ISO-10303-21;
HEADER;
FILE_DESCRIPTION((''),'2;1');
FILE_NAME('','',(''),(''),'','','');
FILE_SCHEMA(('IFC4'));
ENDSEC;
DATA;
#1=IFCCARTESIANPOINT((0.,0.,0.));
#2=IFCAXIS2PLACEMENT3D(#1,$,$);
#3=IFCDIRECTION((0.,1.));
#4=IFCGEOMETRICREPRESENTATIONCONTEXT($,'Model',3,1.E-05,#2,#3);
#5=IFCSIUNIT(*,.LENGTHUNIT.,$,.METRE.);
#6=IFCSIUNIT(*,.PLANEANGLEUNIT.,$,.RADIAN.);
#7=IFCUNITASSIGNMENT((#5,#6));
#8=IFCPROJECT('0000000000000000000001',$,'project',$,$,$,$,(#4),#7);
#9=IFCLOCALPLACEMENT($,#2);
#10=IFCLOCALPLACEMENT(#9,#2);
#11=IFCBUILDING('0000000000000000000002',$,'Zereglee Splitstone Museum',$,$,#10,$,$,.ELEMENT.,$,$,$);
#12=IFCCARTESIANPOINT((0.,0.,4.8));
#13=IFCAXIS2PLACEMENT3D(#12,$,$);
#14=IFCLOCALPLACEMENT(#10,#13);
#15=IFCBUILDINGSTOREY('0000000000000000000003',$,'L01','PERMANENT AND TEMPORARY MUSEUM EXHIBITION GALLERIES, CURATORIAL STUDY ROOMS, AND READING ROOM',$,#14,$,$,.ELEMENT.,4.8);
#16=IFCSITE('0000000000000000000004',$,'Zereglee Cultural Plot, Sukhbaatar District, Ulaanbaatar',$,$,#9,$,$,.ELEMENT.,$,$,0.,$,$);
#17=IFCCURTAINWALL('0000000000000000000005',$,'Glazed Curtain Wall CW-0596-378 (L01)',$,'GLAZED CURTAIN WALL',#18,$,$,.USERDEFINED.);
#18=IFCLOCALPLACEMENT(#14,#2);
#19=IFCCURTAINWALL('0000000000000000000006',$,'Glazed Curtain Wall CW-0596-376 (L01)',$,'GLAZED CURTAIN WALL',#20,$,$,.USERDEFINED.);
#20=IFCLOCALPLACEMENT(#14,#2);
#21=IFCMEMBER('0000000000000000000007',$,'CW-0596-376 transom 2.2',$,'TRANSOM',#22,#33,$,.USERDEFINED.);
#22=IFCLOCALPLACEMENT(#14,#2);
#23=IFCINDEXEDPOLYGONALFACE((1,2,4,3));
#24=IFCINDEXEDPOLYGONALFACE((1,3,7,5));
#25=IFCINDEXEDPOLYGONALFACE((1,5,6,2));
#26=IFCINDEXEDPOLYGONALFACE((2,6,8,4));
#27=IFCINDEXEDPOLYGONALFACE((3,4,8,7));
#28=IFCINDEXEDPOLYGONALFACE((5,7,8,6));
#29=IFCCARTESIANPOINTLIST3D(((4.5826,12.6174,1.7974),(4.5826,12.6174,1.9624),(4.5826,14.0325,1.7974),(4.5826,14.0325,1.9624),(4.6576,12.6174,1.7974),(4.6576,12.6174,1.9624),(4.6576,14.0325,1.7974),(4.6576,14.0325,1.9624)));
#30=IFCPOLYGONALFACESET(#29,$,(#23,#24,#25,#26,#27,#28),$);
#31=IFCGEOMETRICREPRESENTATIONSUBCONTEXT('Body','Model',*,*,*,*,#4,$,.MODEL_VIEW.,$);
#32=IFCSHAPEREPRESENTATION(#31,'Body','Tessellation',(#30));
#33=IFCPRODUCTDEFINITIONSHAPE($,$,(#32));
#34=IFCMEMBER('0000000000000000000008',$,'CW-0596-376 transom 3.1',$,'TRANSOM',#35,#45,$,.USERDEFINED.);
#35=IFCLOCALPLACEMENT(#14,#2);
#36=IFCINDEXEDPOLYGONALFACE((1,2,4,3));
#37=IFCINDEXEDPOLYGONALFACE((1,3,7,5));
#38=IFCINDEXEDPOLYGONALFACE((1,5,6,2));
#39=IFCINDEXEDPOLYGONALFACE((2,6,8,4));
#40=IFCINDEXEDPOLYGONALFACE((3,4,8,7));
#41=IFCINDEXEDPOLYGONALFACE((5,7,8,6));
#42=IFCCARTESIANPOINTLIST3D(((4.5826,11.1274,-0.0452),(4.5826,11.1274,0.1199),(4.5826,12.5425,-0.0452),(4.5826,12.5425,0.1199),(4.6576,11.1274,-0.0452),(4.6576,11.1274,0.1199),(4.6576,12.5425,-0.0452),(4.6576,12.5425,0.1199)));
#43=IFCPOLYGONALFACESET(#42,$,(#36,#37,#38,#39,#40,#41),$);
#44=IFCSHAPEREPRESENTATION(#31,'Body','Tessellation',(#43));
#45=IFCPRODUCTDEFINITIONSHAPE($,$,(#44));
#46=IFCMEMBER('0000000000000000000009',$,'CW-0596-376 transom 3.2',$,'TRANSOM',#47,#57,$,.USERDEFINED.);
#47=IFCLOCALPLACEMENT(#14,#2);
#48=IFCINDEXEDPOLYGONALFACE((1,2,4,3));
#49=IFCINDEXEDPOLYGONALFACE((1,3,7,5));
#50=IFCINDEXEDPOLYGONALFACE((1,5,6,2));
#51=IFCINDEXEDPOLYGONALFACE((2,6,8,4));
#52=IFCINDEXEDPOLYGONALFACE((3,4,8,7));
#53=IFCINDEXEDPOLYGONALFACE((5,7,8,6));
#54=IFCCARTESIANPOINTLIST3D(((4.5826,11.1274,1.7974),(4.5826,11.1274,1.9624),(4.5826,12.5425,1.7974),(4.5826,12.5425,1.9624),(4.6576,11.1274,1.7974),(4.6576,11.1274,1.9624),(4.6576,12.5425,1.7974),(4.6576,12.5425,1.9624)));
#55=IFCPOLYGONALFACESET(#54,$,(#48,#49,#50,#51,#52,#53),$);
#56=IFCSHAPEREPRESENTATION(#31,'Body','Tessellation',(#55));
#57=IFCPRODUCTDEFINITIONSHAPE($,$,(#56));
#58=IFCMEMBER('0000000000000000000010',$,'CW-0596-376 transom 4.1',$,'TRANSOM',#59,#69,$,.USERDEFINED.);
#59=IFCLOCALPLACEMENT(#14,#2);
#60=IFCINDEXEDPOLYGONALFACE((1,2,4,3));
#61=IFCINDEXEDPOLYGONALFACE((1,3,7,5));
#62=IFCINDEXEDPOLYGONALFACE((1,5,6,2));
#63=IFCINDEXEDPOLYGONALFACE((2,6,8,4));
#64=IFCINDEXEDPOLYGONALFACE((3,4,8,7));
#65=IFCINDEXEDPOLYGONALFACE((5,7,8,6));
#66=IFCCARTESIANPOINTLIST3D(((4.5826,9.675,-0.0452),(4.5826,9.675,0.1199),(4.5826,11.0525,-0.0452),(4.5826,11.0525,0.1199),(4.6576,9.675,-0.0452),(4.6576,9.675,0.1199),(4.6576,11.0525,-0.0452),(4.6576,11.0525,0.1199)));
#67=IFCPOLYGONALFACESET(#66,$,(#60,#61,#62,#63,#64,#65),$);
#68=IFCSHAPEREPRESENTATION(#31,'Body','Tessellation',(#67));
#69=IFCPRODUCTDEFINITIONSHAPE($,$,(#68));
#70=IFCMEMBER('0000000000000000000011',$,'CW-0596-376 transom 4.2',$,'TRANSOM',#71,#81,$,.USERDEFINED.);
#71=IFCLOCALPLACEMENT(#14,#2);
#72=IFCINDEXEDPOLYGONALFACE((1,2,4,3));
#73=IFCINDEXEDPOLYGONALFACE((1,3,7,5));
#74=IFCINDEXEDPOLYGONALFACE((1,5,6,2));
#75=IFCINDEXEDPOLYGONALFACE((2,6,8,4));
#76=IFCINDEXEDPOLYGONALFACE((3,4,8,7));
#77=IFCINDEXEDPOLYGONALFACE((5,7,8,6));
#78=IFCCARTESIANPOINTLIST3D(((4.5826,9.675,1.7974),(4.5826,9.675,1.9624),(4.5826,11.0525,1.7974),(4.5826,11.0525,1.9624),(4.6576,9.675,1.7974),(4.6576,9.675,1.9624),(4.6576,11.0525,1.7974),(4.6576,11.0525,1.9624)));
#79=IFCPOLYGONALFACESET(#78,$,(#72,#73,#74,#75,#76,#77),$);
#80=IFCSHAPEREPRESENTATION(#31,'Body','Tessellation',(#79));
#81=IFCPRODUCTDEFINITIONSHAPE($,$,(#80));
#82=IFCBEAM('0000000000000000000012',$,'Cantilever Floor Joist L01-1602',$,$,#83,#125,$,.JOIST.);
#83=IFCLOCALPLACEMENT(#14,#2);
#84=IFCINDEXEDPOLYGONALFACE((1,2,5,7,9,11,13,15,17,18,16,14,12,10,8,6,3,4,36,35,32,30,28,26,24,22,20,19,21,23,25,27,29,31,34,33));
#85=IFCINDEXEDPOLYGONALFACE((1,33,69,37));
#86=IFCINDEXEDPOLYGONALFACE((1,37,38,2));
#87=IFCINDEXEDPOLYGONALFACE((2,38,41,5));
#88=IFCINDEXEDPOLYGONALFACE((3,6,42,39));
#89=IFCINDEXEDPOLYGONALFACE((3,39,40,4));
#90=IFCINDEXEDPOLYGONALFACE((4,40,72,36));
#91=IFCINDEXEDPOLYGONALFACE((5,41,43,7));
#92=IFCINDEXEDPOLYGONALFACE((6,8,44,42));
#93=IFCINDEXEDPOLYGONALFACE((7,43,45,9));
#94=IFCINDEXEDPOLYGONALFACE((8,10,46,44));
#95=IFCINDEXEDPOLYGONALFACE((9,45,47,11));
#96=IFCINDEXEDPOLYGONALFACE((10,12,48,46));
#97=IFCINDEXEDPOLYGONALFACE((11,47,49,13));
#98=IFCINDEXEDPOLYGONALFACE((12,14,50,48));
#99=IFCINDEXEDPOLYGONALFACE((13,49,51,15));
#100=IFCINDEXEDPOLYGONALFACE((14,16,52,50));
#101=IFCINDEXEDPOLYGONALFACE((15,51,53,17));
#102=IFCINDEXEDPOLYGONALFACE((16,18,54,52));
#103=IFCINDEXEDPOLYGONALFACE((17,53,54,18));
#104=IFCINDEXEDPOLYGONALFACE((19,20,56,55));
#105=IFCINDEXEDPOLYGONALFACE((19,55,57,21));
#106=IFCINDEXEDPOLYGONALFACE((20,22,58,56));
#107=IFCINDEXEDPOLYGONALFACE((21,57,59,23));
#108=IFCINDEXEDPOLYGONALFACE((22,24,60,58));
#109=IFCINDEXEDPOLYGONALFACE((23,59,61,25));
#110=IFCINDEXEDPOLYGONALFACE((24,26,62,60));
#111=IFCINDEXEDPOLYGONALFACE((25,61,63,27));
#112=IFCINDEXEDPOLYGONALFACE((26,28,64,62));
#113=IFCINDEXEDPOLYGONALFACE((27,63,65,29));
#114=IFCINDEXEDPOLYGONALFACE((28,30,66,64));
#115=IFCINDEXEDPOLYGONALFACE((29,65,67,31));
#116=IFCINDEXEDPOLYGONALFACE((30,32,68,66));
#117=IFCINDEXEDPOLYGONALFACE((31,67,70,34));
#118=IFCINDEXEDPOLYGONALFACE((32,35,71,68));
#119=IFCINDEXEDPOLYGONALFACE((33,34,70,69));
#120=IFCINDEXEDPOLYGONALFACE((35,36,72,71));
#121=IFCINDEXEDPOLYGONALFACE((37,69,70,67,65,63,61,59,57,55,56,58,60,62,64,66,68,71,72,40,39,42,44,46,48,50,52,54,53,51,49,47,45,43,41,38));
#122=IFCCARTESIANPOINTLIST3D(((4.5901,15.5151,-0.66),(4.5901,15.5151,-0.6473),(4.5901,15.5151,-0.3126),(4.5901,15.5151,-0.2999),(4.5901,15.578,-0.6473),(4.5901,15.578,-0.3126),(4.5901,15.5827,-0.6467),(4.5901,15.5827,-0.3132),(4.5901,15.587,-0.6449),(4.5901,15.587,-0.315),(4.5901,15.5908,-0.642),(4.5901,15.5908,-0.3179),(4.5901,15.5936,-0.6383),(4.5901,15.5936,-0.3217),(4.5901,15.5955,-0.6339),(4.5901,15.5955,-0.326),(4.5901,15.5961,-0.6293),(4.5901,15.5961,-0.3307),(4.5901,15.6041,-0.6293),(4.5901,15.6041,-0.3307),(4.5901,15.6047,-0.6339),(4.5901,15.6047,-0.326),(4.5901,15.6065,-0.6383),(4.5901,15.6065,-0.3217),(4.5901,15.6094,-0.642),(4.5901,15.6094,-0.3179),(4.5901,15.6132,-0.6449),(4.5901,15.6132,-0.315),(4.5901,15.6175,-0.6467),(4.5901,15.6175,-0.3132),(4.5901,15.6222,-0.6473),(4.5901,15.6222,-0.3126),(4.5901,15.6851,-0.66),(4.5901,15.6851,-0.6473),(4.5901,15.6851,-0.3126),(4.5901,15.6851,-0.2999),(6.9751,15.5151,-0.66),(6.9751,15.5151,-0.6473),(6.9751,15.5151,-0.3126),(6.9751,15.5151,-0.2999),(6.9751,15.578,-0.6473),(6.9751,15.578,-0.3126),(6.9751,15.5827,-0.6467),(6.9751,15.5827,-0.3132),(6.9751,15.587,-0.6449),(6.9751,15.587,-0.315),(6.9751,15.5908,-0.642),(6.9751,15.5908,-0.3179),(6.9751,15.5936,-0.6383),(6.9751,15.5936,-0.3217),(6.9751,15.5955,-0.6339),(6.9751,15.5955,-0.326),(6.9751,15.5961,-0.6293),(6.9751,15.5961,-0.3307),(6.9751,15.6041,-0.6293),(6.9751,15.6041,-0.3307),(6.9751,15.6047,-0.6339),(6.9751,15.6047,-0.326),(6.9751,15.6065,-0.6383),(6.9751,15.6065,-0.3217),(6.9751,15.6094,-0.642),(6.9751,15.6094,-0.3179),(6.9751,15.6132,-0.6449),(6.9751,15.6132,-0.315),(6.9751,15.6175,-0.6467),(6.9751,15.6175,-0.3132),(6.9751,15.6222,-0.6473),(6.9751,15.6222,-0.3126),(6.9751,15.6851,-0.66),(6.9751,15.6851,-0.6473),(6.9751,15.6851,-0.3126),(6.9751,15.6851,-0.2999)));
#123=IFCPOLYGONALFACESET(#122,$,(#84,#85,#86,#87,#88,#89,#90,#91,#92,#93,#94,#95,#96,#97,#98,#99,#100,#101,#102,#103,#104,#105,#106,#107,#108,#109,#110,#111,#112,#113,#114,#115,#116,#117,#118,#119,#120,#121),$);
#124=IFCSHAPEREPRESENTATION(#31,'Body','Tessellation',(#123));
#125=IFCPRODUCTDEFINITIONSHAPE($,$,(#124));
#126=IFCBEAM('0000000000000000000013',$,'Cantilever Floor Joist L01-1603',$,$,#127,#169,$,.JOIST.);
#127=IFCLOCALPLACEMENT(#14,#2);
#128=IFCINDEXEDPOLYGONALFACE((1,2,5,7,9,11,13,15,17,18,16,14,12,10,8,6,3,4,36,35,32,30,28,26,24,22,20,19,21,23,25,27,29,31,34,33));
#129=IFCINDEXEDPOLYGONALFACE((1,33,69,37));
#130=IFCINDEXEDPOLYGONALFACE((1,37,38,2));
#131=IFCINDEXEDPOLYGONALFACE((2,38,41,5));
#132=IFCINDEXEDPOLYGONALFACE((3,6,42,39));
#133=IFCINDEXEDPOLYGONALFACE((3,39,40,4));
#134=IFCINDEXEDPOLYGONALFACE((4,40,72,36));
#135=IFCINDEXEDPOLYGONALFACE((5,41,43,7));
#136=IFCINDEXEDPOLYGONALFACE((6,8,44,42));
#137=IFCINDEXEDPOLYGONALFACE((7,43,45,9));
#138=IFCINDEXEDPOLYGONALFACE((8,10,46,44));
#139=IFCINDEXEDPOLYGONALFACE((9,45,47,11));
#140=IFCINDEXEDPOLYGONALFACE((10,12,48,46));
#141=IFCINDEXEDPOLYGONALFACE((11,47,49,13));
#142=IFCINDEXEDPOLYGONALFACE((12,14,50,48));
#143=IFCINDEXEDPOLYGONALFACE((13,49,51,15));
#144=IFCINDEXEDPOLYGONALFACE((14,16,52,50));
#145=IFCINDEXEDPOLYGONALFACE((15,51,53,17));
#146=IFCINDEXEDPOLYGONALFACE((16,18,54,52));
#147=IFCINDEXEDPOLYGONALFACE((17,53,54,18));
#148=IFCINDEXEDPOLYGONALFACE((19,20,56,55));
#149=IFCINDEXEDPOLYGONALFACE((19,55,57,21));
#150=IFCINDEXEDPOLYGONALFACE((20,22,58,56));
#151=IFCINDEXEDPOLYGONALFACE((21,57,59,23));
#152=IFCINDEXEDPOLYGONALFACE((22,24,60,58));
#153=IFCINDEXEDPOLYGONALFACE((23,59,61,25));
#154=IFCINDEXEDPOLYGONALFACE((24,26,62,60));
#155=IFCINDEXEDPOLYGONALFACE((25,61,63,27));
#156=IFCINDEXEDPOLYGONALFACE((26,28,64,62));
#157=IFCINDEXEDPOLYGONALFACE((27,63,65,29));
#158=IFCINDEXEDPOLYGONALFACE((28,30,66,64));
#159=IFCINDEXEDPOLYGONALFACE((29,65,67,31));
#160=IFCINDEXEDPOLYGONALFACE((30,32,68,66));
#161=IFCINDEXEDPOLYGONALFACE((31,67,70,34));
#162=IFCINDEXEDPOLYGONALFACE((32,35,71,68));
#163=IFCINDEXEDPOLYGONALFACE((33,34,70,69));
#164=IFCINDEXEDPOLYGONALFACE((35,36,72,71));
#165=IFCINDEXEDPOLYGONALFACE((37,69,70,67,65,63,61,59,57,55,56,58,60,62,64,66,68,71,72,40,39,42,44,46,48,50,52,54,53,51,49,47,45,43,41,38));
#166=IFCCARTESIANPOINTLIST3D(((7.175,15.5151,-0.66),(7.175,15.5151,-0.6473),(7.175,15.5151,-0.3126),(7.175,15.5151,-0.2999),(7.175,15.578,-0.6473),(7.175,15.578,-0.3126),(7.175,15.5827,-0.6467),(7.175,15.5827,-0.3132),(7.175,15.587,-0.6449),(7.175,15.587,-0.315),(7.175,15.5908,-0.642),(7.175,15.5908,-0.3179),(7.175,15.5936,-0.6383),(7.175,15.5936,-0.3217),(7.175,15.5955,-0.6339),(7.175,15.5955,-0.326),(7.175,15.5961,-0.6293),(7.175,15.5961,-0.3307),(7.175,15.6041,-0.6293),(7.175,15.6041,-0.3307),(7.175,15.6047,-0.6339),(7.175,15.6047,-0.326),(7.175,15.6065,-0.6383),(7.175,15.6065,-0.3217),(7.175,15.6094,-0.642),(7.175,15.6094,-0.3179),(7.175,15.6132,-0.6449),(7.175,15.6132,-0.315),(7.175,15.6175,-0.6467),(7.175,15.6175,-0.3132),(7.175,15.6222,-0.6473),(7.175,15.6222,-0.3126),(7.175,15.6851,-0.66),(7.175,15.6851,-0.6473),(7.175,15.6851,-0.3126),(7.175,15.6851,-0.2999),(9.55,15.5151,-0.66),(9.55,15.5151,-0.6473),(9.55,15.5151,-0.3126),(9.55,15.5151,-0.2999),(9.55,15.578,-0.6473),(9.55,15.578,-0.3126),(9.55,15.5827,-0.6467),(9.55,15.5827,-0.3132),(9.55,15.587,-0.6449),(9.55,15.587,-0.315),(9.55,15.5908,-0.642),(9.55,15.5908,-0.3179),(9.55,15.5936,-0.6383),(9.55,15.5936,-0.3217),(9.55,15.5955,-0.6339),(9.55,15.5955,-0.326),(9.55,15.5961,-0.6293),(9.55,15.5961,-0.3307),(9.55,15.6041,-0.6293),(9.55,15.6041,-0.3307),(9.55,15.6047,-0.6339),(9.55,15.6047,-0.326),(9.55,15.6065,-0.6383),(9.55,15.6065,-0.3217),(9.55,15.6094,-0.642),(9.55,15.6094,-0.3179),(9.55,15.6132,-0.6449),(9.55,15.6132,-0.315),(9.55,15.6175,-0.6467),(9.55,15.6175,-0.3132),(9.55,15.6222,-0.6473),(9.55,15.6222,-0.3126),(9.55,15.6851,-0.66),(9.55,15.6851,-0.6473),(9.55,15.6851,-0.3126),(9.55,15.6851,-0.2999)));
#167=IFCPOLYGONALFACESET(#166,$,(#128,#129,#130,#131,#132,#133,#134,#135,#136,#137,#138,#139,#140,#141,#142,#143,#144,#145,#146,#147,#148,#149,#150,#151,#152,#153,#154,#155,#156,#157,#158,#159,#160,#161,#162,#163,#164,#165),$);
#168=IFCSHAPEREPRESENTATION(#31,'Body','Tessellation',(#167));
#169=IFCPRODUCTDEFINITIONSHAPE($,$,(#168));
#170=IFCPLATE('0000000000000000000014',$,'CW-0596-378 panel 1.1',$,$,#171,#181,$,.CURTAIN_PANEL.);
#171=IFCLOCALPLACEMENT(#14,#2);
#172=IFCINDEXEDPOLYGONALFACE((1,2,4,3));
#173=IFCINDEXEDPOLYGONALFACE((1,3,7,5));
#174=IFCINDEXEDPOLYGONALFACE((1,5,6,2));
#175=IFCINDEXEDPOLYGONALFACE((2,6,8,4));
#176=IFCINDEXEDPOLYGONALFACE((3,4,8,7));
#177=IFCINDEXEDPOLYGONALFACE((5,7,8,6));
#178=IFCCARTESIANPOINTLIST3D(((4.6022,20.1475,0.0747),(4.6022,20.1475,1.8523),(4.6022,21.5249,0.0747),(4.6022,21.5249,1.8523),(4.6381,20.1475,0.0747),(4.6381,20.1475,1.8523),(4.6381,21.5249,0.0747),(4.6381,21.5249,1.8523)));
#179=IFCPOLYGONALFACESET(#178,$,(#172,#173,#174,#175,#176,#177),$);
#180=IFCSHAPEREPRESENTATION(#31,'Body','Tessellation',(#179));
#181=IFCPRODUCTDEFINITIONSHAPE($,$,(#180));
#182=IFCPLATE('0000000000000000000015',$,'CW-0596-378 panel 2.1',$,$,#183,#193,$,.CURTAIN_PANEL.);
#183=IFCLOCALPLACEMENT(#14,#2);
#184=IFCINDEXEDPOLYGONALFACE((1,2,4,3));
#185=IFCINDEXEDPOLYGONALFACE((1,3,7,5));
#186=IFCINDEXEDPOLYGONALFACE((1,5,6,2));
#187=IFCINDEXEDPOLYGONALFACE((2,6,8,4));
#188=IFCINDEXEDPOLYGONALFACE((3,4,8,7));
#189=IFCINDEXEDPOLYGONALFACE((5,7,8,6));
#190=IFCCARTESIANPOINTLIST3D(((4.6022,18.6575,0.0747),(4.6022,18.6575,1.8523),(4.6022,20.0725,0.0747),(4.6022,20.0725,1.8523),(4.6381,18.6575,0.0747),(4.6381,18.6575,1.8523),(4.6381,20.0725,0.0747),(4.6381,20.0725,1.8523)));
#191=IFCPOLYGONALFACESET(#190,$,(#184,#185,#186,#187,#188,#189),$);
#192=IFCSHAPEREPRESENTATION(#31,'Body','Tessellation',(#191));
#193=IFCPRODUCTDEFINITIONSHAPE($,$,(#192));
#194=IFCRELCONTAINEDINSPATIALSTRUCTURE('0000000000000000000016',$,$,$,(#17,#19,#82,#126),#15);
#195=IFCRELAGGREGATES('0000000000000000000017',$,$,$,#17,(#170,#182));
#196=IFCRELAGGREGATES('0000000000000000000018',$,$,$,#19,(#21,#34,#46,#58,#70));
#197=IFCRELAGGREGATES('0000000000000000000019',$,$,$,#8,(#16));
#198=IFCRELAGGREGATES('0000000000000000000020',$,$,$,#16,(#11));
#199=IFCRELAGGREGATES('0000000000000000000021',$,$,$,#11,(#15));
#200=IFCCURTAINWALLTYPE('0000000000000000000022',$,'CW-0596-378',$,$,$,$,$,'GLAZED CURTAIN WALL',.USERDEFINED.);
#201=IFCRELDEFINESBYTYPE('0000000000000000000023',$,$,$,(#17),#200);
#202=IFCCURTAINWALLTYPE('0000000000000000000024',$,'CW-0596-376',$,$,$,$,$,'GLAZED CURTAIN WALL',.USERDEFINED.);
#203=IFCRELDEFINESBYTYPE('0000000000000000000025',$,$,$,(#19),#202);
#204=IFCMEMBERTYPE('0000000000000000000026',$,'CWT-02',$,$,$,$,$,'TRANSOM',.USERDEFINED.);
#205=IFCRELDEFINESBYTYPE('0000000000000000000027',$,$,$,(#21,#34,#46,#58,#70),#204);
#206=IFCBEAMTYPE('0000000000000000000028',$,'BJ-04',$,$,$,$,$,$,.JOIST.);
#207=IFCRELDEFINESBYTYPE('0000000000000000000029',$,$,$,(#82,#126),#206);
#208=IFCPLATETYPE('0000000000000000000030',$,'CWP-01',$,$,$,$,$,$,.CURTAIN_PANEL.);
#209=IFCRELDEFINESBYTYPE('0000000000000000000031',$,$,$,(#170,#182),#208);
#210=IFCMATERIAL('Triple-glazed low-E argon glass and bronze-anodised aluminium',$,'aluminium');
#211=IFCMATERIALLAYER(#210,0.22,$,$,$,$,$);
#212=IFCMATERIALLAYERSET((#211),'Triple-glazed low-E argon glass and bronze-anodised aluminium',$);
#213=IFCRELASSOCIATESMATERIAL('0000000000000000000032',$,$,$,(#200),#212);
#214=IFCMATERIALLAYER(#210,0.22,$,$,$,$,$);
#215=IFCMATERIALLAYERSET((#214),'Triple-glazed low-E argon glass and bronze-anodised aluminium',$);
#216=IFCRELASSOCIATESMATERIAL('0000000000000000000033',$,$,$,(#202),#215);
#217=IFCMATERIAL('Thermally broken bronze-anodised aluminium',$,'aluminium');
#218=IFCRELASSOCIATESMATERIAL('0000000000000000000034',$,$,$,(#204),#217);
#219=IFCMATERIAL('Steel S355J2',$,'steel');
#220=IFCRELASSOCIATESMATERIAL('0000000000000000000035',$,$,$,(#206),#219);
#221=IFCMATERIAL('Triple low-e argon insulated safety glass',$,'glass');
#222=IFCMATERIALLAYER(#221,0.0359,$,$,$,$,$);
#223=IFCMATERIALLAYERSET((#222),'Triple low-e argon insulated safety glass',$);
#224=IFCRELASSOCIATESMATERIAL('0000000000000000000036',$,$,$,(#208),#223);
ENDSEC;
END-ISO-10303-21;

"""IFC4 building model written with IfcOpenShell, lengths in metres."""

from ifc_helpers import new_model, si_unit, direction, frame, origin, origin_2d, place, context, subcontext, project, spatial, rectangle, i_section, extrude, material, layer, layer_set, material_profile, profile_set, type_object, element, aggregate, save


model = new_model("IFC4")

# Units and contexts
model_context = context("Model", 3, precision=1e-05, world=origin(), true_north=direction((0.0, 1.0)))
body_context = subcontext(model_context, "Body", "Model", "MODEL_VIEW")
ifc_project = project(units=[si_unit("LENGTHUNIT", "METRE"), si_unit("PLANEANGLEUNIT", "RADIAN")], contexts=[model_context])

# Site, building, storey
site_placement = place(None, origin())
site = spatial("IfcSite", under=ifc_project, at=site_placement, Name="Zereglee Cultural Plot, Sukhbaatar District, Ulaanbaatar", CompositionType="ELEMENT", RefElevation=0.0)
building_placement = place(site_placement, origin())
building = spatial("IfcBuilding", under=site, at=building_placement, Name="Zereglee Splitstone Museum", CompositionType="ELEMENT")
storey_placement = place(building_placement, frame((0.0, 0.0, 4.8)))
storey = spatial("IfcBuildingStorey", under=building, at=storey_placement, Name="L01", Description="PERMANENT AND TEMPORARY MUSEUM EXHIBITION GALLERIES, CURATORIAL STUDY ROOMS, AND READING ROOM", CompositionType="ELEMENT", Elevation=4.8)

# Curtain walls
ifc_material_1 = material(Name="Triple-glazed low-E argon glass and bronze-anodised aluminium", Category="aluminium")
ifc_layer_1 = layer(ifc_material_1, 0.22)
ifc_layer_set_1 = layer_set([ifc_layer_1], Name="Triple-glazed low-E argon glass and bronze-anodised aluminium")
curtain_wall_type_1 = type_object("IfcCurtainWallType", Name="CW-0596-378", ElementType="GLAZED CURTAIN WALL", PredefinedType="USERDEFINED", material=ifc_layer_set_1)
curtain_wall_1_placement = place(storey_placement, origin())
curtain_wall_1 = element("IfcCurtainWall", 1, at=curtain_wall_1_placement, inside=storey, type_object=curtain_wall_type_1, Name="Glazed Curtain Wall CW-0596-378 (L01)", ObjectType="GLAZED CURTAIN WALL", PredefinedType="USERDEFINED")
ifc_material_2 = material(Name="Thermally broken bronze-anodised aluminium", Category="aluminium")
ifc_layer_2 = layer(ifc_material_1, 0.22)
ifc_layer_set_2 = layer_set([ifc_layer_2], Name="Triple-glazed low-E argon glass and bronze-anodised aluminium")
curtain_wall_type_2 = type_object("IfcCurtainWallType", Name="CW-0596-376", ElementType="GLAZED CURTAIN WALL", PredefinedType="USERDEFINED", material=ifc_layer_set_2)
curtain_wall_2_placement = place(storey_placement, origin())
curtain_wall_2 = element("IfcCurtainWall", 2, at=curtain_wall_2_placement, inside=storey, type_object=curtain_wall_type_2, Name="Glazed Curtain Wall CW-0596-376 (L01)", ObjectType="GLAZED CURTAIN WALL", PredefinedType="USERDEFINED")

# Members
ifc_material_profile_1 = material_profile(ifc_material_2, rectangle(XDim=0.075, YDim=0.165, at=origin_2d()), Name="CW TRAN 75x165")
ifc_profile_set_1 = profile_set([ifc_material_profile_1], Name="Thermally broken bronze-anodised aluminium")
member_type_1 = type_object("IfcMemberType", Name="CWT-02", ElementType="TRANSOM", PredefinedType="USERDEFINED", material=ifc_profile_set_1)
member_1_placement = place(storey_placement, frame((4.6201, 14.0325, 1.8799), z_axis=(0.0, -1.0, 0.0), x_axis=(1.0, 0.0, 0.0)))
member_1 = element("IfcMember", 3, at=member_1_placement, type_object=member_type_1, Name="CW-0596-376 transom 2.2", ObjectType="TRANSOM", PredefinedType="USERDEFINED", context=body_context, shape_type="SweptSolid", body=[
    extrude(rectangle(XDim=0.075, YDim=0.165, at=origin_2d()), origin(), (0.0, 0.0, 1.0), 1.415),
])
member_2_placement = place(storey_placement, frame((4.6201, 12.5425, 0.0374), z_axis=(0.0, -1.0, 0.0), x_axis=(1.0, 0.0, 0.0)))
member_2 = element("IfcMember", 4, at=member_2_placement, type_object=member_type_1, Name="CW-0596-376 transom 3.1", ObjectType="TRANSOM", PredefinedType="USERDEFINED", context=body_context, shape_type="SweptSolid", body=[
    extrude(rectangle(XDim=0.075, YDim=0.165, at=origin_2d()), origin(), (0.0, 0.0, 1.0), 1.415),
])
member_3_placement = place(storey_placement, frame((4.6201, 12.5425, 1.8799), z_axis=(0.0, -1.0, 0.0), x_axis=(1.0, 0.0, 0.0)))
member_3 = element("IfcMember", 5, at=member_3_placement, type_object=member_type_1, Name="CW-0596-376 transom 3.2", ObjectType="TRANSOM", PredefinedType="USERDEFINED", context=body_context, shape_type="SweptSolid", body=[
    extrude(rectangle(XDim=0.075, YDim=0.165, at=origin_2d()), origin(), (0.0, 0.0, 1.0), 1.415),
])
member_4_placement = place(storey_placement, frame((4.6201, 11.0525, 0.0374), z_axis=(0.0, -1.0, 0.0), x_axis=(1.0, 0.0, 0.0)))
member_4 = element("IfcMember", 6, at=member_4_placement, type_object=member_type_1, Name="CW-0596-376 transom 4.1", ObjectType="TRANSOM", PredefinedType="USERDEFINED", context=body_context, shape_type="SweptSolid", body=[
    extrude(rectangle(XDim=0.075, YDim=0.165, at=origin_2d()), origin(), (0.0, 0.0, 1.0), 1.3774),
])
member_5_placement = place(storey_placement, frame((4.6201, 11.0525, 1.8799), z_axis=(0.0, -1.0, 0.0), x_axis=(1.0, 0.0, 0.0)))
member_5 = element("IfcMember", 7, at=member_5_placement, type_object=member_type_1, Name="CW-0596-376 transom 4.2", ObjectType="TRANSOM", PredefinedType="USERDEFINED", context=body_context, shape_type="SweptSolid", body=[
    extrude(rectangle(XDim=0.075, YDim=0.165, at=origin_2d()), origin(), (0.0, 0.0, 1.0), 1.3774),
])

# Beams
ifc_material_3 = material(Name="Steel S355J2", Category="steel")
ifc_material_profile_2 = material_profile(ifc_material_3, i_section(OverallWidth=0.1699, OverallDepth=0.3601, WebThickness=0.0081, FlangeThickness=0.0127, FilletRadius=0.0181, at=origin_2d()), Name="IPE 360")
ifc_profile_set_2 = profile_set([ifc_material_profile_2], Name="Steel S355J2")
beam_type = type_object("IfcBeamType", Name="BJ-04", PredefinedType="JOIST", material=ifc_profile_set_2)
beam_1_placement = place(storey_placement, frame((4.5901, 15.6001, -0.48), z_axis=(1.0, 0.0, 0.0), x_axis=(0.0, 1.0, 0.0)))
element("IfcBeam", 8, at=beam_1_placement, inside=storey, type_object=beam_type, Name="Cantilever Floor Joist L01-1602", PredefinedType="JOIST", context=body_context, shape_type="SweptSolid", body=[
    extrude(i_section(OverallWidth=0.1699, OverallDepth=0.3601, WebThickness=0.0081, FlangeThickness=0.0127, FilletRadius=0.0181, at=origin_2d()), origin(), (0.0, 0.0, 1.0), 2.385),
])
beam_2_placement = place(storey_placement, frame((7.175, 15.6001, -0.48), z_axis=(1.0, 0.0, 0.0), x_axis=(0.0, 1.0, 0.0)))
element("IfcBeam", 9, at=beam_2_placement, inside=storey, type_object=beam_type, Name="Cantilever Floor Joist L01-1603", PredefinedType="JOIST", context=body_context, shape_type="SweptSolid", body=[
    extrude(i_section(OverallWidth=0.1699, OverallDepth=0.3601, WebThickness=0.0081, FlangeThickness=0.0127, FilletRadius=0.0181, at=origin_2d()), origin(), (0.0, 0.0, 1.0), 2.375),
])

# Plates
ifc_material_4 = material(Name="Triple low-e argon insulated safety glass", Category="glass")
ifc_layer_3 = layer(ifc_material_4, 0.0359)
ifc_layer_set_3 = layer_set([ifc_layer_3], Name="Triple low-e argon insulated safety glass")
plate_type = type_object("IfcPlateType", Name="CWP-01", PredefinedType="CURTAIN_PANEL", material=ifc_layer_set_3)
plate_1_placement = place(storey_placement, frame((4.6201, 20.8362, 0.0747), z_axis=(0.0, 0.0, 1.0), x_axis=(0.0, -1.0, 0.0)))
plate_1 = element("IfcPlate", 10, at=plate_1_placement, type_object=plate_type, Name="CW-0596-378 panel 1.1", PredefinedType="CURTAIN_PANEL", context=body_context, shape_type="SweptSolid", body=[
    extrude(rectangle(XDim=1.3774, YDim=0.0359, at=origin_2d()), origin(), (0.0, 0.0, 1.0), 1.7776),
])
plate_2_placement = place(storey_placement, frame((4.6201, 19.365, 0.0747), z_axis=(0.0, 0.0, 1.0), x_axis=(0.0, -1.0, 0.0)))
plate_2 = element("IfcPlate", 11, at=plate_2_placement, type_object=plate_type, Name="CW-0596-378 panel 2.1", PredefinedType="CURTAIN_PANEL", context=body_context, shape_type="SweptSolid", body=[
    extrude(rectangle(XDim=1.415, YDim=0.0359, at=origin_2d()), origin(), (0.0, 0.0, 1.0), 1.7776),
])
aggregate(curtain_wall_1, [plate_1, plate_2])
aggregate(curtain_wall_2, [member_1, member_2, member_3, member_4, member_5])

save(model, "model.ifc")
